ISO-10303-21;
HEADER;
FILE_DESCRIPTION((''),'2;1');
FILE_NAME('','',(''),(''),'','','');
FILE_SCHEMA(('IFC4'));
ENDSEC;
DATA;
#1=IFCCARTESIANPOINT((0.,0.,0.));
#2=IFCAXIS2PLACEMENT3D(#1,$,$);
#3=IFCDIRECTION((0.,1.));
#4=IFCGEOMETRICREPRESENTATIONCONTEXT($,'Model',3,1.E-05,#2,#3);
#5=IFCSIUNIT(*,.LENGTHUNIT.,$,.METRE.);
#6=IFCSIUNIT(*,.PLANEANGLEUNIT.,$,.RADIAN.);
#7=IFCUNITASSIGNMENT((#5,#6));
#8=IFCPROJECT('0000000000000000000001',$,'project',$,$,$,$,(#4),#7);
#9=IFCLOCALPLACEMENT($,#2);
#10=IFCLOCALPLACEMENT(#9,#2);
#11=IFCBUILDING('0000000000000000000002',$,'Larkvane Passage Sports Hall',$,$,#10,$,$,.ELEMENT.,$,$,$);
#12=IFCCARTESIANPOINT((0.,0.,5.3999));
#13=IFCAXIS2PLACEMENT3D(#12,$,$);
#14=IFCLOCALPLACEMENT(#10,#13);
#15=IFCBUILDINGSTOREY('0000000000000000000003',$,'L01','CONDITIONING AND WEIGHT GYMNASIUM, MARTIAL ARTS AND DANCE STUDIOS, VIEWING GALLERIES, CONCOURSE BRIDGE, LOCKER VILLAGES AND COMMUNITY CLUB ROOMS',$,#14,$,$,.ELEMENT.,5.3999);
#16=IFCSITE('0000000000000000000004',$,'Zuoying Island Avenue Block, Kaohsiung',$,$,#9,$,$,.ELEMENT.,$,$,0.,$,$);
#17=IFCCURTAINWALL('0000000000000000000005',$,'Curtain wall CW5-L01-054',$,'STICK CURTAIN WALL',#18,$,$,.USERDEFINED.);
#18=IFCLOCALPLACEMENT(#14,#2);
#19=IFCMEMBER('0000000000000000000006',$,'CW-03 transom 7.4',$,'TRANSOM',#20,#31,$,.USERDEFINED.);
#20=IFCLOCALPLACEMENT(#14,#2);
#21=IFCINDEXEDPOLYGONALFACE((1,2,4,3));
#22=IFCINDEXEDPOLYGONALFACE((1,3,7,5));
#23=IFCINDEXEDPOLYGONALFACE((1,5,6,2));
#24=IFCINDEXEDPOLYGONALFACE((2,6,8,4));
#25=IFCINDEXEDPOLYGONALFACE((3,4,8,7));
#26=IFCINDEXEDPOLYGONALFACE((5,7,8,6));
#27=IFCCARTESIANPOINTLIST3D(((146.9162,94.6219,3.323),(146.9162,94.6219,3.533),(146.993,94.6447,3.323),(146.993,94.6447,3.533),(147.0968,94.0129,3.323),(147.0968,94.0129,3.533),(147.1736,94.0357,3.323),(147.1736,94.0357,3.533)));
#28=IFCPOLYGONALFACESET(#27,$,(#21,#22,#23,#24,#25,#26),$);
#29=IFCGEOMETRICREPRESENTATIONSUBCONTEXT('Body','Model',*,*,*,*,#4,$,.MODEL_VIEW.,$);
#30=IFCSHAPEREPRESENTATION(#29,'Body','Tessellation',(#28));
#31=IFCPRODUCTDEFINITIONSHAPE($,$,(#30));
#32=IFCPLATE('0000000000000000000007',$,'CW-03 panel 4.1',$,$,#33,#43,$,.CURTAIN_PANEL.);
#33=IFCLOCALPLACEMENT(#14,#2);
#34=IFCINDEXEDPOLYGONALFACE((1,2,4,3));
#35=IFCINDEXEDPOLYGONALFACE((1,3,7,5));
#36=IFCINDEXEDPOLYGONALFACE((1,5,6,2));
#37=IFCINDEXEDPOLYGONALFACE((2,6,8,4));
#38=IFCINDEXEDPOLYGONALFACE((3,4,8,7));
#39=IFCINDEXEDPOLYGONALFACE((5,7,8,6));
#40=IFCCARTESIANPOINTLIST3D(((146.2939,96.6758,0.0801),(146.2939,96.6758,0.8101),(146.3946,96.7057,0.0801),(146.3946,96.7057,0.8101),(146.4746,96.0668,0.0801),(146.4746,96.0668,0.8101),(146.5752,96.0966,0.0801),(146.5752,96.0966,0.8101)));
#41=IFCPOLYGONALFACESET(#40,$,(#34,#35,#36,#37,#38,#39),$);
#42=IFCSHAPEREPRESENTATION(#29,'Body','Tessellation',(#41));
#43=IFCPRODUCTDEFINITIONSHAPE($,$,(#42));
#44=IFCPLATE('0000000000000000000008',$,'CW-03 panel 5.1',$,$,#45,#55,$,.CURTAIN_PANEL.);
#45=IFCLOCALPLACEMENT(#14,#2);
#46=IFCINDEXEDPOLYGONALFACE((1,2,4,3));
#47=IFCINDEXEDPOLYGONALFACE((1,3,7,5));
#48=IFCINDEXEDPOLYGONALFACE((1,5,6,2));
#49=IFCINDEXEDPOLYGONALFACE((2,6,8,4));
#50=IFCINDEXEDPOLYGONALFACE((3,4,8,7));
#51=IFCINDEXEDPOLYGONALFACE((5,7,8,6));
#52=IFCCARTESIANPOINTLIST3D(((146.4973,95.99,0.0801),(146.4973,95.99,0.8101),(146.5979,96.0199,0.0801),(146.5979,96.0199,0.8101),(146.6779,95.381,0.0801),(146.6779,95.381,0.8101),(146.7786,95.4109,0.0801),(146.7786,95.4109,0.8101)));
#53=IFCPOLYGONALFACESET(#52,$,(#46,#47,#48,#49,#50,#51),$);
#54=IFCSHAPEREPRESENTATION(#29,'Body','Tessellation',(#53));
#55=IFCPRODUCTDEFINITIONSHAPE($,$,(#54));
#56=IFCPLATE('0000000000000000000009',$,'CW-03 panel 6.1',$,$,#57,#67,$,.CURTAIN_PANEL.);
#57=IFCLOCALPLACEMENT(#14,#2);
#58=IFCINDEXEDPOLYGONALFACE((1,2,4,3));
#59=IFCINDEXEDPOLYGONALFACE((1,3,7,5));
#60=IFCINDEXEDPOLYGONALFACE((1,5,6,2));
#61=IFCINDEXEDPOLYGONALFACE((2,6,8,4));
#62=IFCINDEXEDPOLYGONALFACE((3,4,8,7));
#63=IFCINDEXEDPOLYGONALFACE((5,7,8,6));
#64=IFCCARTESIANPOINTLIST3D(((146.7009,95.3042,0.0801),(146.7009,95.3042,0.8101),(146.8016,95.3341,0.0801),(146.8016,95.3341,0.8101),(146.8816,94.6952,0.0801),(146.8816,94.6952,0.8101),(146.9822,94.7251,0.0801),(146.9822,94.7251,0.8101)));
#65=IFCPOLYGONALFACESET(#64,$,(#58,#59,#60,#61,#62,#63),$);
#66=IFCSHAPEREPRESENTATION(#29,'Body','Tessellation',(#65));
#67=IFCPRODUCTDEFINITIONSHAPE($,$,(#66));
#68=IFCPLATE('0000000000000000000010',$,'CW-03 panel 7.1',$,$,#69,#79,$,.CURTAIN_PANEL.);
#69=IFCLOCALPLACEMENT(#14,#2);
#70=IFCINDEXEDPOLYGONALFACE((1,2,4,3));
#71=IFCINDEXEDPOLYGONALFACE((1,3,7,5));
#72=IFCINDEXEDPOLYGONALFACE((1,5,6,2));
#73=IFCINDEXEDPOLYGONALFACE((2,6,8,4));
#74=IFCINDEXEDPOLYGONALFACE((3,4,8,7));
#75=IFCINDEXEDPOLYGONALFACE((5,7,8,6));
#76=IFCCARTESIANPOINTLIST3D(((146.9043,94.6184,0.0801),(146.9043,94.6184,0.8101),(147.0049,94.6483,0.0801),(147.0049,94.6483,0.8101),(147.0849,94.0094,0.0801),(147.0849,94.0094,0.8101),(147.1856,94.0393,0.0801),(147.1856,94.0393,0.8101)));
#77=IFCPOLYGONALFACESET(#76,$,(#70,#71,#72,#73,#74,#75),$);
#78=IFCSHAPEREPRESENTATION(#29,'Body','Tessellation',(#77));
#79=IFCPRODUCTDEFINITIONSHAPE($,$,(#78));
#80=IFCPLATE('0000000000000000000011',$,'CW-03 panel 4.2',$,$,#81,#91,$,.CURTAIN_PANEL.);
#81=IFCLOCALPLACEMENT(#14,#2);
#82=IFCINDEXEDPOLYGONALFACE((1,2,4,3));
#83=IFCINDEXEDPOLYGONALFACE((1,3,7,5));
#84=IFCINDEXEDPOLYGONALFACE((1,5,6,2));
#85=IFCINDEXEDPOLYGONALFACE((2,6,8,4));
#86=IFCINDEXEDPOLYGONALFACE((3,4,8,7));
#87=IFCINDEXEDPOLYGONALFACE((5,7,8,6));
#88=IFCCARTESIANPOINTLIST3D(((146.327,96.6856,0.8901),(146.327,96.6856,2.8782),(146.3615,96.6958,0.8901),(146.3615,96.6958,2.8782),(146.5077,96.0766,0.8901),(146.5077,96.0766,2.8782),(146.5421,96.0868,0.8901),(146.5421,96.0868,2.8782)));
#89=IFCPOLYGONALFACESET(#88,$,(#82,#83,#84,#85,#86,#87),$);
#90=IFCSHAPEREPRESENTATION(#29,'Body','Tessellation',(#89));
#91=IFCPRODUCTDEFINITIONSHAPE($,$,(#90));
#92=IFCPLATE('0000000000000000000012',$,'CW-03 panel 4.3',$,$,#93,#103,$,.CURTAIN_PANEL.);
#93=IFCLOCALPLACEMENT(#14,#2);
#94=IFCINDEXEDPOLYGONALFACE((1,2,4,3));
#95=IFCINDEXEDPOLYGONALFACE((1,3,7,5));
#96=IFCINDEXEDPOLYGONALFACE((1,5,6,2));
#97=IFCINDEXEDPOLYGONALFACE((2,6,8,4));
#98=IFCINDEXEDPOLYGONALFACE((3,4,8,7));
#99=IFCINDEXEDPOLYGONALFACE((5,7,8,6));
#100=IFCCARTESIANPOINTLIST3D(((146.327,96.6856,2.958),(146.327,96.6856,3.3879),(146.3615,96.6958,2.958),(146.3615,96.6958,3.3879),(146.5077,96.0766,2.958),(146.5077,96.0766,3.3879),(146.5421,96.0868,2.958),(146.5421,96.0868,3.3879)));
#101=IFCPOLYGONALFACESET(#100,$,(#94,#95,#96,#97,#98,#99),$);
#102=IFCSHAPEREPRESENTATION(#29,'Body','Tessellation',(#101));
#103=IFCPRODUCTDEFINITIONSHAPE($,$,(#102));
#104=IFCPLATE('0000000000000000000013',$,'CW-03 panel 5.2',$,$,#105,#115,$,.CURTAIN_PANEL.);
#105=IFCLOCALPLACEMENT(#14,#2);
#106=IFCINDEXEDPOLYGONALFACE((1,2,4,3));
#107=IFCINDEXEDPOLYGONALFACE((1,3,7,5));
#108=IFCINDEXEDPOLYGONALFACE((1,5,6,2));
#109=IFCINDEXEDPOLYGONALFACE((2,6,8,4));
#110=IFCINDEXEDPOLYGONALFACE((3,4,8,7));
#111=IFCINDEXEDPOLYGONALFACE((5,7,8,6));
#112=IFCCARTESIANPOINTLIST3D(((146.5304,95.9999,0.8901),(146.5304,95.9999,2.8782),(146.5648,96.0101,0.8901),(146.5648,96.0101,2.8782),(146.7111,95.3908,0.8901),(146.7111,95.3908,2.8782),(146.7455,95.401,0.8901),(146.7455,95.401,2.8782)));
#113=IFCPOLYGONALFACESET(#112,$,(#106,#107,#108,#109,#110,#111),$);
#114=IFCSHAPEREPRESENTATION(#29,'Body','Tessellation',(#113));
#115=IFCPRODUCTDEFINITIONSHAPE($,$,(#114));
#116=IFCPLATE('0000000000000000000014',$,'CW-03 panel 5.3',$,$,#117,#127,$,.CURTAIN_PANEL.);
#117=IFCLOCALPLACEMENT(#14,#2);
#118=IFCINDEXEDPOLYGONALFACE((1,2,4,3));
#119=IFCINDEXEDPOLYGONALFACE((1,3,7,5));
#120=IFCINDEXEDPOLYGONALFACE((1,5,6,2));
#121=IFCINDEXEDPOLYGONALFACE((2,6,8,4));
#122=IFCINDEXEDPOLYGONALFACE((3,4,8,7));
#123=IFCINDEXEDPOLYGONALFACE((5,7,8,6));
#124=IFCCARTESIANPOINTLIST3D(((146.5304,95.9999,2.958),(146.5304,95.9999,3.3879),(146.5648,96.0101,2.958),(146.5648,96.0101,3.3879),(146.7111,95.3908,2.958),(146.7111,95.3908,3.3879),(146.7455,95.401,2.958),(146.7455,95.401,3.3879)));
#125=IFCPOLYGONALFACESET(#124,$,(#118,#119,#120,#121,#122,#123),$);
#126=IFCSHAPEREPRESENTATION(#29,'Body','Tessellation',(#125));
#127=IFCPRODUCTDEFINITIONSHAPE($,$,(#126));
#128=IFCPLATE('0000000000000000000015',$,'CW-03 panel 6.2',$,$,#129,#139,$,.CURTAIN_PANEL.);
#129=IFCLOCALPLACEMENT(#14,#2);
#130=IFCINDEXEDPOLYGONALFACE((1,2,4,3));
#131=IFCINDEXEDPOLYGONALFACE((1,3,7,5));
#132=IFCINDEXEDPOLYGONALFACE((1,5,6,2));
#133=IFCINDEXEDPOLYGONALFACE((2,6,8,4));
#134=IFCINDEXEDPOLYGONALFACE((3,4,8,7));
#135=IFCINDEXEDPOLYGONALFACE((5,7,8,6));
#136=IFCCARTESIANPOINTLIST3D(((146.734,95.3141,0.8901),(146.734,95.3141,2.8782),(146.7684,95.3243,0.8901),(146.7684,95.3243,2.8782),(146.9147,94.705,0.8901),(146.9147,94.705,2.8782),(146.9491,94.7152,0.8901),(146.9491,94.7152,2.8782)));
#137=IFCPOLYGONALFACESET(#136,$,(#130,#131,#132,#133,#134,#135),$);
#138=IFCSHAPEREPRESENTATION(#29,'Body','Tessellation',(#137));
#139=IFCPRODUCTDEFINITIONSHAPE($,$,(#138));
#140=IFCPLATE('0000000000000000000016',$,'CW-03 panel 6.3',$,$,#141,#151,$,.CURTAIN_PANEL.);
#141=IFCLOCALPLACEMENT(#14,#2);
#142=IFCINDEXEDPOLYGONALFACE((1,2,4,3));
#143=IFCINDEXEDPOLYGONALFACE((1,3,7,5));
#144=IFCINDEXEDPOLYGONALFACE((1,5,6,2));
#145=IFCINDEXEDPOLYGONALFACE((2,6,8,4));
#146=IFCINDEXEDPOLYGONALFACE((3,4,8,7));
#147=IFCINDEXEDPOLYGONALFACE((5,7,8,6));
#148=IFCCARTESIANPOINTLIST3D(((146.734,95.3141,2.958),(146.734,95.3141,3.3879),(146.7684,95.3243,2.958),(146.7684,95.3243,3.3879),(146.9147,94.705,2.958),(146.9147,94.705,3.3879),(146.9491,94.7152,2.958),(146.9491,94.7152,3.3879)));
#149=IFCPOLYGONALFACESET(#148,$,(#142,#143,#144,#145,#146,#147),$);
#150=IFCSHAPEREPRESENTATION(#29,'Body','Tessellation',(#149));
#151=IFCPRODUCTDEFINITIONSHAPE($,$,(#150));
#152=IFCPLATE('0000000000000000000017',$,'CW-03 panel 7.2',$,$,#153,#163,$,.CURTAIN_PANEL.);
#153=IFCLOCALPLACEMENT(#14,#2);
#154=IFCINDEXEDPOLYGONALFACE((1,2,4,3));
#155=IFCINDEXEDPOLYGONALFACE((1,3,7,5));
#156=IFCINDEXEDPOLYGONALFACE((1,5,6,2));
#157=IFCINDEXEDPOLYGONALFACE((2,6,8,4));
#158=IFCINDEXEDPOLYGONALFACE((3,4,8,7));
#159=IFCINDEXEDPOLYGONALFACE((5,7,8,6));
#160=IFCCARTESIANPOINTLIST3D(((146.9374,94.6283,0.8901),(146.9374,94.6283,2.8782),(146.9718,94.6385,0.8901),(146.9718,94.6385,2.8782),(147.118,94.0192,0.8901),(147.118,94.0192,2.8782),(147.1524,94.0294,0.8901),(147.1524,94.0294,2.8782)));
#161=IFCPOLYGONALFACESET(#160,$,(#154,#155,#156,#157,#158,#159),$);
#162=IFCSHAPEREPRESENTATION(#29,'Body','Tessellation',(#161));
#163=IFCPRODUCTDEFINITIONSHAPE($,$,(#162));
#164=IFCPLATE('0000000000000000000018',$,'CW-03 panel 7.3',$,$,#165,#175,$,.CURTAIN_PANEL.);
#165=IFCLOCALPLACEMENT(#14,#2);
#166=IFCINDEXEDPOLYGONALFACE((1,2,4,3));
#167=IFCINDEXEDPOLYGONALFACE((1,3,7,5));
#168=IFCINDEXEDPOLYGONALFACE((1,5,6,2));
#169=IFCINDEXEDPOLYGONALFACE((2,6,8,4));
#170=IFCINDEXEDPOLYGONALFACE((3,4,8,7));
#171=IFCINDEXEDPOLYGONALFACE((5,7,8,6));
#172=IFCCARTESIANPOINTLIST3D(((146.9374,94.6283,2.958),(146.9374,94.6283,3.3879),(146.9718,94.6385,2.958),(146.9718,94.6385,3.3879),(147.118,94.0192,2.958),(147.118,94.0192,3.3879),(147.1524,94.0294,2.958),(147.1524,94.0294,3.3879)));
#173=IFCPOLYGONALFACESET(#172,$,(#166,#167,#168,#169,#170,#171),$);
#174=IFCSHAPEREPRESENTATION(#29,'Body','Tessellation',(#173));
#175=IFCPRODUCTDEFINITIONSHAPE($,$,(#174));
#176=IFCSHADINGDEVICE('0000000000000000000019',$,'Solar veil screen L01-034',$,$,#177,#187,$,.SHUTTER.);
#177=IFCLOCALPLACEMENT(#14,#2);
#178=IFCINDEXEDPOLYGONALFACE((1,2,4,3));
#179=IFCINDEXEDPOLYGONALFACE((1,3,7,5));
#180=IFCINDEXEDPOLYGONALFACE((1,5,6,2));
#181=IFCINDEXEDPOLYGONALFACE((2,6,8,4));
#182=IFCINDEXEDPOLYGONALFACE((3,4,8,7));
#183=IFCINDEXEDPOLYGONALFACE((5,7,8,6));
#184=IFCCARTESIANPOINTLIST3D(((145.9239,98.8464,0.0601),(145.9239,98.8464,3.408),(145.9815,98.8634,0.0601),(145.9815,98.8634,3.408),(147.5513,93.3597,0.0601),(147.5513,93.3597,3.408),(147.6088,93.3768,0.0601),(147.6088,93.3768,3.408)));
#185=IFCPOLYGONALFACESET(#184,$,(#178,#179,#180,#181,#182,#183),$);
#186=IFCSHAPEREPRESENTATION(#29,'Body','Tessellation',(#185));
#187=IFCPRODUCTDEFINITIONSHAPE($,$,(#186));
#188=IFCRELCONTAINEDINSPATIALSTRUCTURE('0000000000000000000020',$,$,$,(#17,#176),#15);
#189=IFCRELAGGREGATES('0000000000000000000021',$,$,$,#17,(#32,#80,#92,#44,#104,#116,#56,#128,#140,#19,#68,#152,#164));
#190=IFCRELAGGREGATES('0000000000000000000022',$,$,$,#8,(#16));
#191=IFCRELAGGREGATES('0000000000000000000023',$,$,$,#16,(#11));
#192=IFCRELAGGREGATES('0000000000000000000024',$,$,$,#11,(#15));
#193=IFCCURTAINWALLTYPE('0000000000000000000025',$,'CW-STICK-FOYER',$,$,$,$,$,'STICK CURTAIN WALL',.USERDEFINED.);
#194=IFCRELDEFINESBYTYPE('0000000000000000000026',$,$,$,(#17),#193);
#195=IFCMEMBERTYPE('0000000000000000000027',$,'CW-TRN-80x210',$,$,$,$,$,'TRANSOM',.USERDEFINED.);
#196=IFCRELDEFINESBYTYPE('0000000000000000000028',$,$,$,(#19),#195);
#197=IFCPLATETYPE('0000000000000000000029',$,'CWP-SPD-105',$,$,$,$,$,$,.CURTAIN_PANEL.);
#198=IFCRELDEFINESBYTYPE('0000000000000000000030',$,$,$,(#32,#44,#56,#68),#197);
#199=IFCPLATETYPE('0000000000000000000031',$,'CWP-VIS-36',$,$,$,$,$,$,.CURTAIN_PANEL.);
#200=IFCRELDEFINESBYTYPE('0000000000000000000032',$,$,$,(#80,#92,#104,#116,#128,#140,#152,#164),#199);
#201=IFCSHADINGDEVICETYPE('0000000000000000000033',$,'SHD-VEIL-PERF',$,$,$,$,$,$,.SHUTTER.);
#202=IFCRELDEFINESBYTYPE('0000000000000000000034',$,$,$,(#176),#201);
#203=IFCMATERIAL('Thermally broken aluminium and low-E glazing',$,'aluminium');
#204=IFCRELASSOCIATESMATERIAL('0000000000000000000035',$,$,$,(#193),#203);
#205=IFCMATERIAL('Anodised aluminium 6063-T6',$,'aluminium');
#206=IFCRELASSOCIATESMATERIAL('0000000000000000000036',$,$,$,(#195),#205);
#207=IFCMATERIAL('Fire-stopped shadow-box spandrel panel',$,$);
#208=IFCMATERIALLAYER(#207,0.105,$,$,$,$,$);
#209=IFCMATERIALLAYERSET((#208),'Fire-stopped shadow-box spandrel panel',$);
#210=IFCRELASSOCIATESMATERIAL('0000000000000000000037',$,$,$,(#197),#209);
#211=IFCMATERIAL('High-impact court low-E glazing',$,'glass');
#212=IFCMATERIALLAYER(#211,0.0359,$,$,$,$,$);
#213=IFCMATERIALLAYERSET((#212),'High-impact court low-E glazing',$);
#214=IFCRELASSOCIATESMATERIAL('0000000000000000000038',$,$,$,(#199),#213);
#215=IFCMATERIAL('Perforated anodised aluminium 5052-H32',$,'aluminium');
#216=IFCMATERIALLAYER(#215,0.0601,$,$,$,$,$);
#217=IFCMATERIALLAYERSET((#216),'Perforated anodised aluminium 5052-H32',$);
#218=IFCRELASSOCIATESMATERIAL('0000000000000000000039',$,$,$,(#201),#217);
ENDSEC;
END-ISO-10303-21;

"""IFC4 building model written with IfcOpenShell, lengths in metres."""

from ifc_helpers import new_model, si_unit, direction, frame, origin, origin_2d, place, context, subcontext, project, spatial, rectangle, extrude, material, layer, layer_set, material_profile, profile_set, type_object, element, aggregate, save


model = new_model("IFC4")

# Units and contexts
model_context = context("Model", 3, precision=1e-05, world=origin(), true_north=direction((0.0, 1.0)))
body_context = subcontext(model_context, "Body", "Model", "MODEL_VIEW")
ifc_project = project(units=[si_unit("LENGTHUNIT", "METRE"), si_unit("PLANEANGLEUNIT", "RADIAN")], contexts=[model_context])

# Site, building, storey
site_placement = place(None, origin())
site = spatial("IfcSite", under=ifc_project, at=site_placement, Name="Zuoying Island Avenue Block, Kaohsiung", CompositionType="ELEMENT", RefElevation=0.0)
building_placement = place(site_placement, origin())
building = spatial("IfcBuilding", under=site, at=building_placement, Name="Larkvane Passage Sports Hall", CompositionType="ELEMENT")
storey_placement = place(building_placement, frame((0.0, 0.0, 5.3999)))
storey = spatial("IfcBuildingStorey", under=building, at=storey_placement, Name="L01", Description="CONDITIONING AND WEIGHT GYMNASIUM, MARTIAL ARTS AND DANCE STUDIOS, VIEWING GALLERIES, CONCOURSE BRIDGE, LOCKER VILLAGES AND COMMUNITY CLUB ROOMS", CompositionType="ELEMENT", Elevation=5.3999)

# Curtain wall, member, plates
ifc_material_1 = material(Name="Thermally broken aluminium and low-E glazing", Category="aluminium")
curtain_wall_type = type_object("IfcCurtainWallType", Name="CW-STICK-FOYER", ElementType="STICK CURTAIN WALL", PredefinedType="USERDEFINED", material=ifc_material_1)
curtain_wall_placement = place(storey_placement, origin())
curtain_wall = element("IfcCurtainWall", 1, at=curtain_wall_placement, inside=storey, type_object=curtain_wall_type, Name="Curtain wall CW5-L01-054", ObjectType="STICK CURTAIN WALL", PredefinedType="USERDEFINED")
ifc_material_2 = material(Name="Anodised aluminium 6063-T6", Category="aluminium")
ifc_material_profile_1 = material_profile(ifc_material_2, rectangle(XDim=0.0801, YDim=0.21, at=origin_2d()), Name="ALU-TRN-80x210")
ifc_profile_set_1 = profile_set([ifc_material_profile_1], Name="Anodised aluminium 6063-T6")
member_type_1 = type_object("IfcMemberType", Name="CW-TRN-80x210", ElementType="TRANSOM", PredefinedType="USERDEFINED", material=ifc_profile_set_1)
member_1_placement = place(storey_placement, frame((146.9546, 94.6333, 3.428), z_axis=(0.28435, -0.958721, 0.0), x_axis=(0.958721, 0.28435, 0.0)))
member_1 = element("IfcMember", 2, at=member_1_placement, type_object=member_type_1, Name="CW-03 transom 7.4", ObjectType="TRANSOM", PredefinedType="USERDEFINED", context=body_context, shape_type="SweptSolid", body=[
    extrude(rectangle(XDim=0.0801, YDim=0.21, at=origin_2d()), origin(), (0.0, 0.0, 1.0), 0.6353),
])
ifc_material_3 = material(Name="Fire-stopped shadow-box spandrel panel")
ifc_layer_1 = layer(ifc_material_3, 0.105)
ifc_layer_set_1 = layer_set([ifc_layer_1], Name="Fire-stopped shadow-box spandrel panel")
plate_type_1 = type_object("IfcPlateType", Name="CWP-SPD-105", PredefinedType="CURTAIN_PANEL", material=ifc_layer_set_1)
plate_1_placement = place(storey_placement, frame((146.4346, 96.3862, 0.0801), z_axis=(0.0, 0.0, 1.0), x_axis=(0.284363, -0.958717, 0.0)))
plate_1 = element("IfcPlate", 3, at=plate_1_placement, type_object=plate_type_1, Name="CW-03 panel 4.1", PredefinedType="CURTAIN_PANEL", context=body_context, shape_type="SweptSolid", body=[
    extrude(rectangle(XDim=0.6353, YDim=0.105, at=origin_2d()), origin(), (0.0, 0.0, 1.0), 0.73),
])
plate_2_placement = place(storey_placement, frame((146.6379, 95.7004, 0.0801), z_axis=(0.0, 0.0, 1.0), x_axis=(0.284363, -0.958717, 0.0)))
plate_2 = element("IfcPlate", 4, at=plate_2_placement, type_object=plate_type_1, Name="CW-03 panel 5.1", PredefinedType="CURTAIN_PANEL", context=body_context, shape_type="SweptSolid", body=[
    extrude(rectangle(XDim=0.6353, YDim=0.105, at=origin_2d()), origin(), (0.0, 0.0, 1.0), 0.73),
])
plate_3_placement = place(storey_placement, frame((146.8416, 95.0146, 0.0801), z_axis=(0.0, 0.0, 1.0), x_axis=(0.284363, -0.958717, 0.0)))
plate_3 = element("IfcPlate", 5, at=plate_3_placement, type_object=plate_type_1, Name="CW-03 panel 6.1", PredefinedType="CURTAIN_PANEL", context=body_context, shape_type="SweptSolid", body=[
    extrude(rectangle(XDim=0.6353, YDim=0.105, at=origin_2d()), origin(), (0.0, 0.0, 1.0), 0.73),
])
plate_4_placement = place(storey_placement, frame((147.0449, 94.3289, 0.0801), z_axis=(0.0, 0.0, 1.0), x_axis=(0.284363, -0.958717, 0.0)))
plate_4 = element("IfcPlate", 6, at=plate_4_placement, type_object=plate_type_1, Name="CW-03 panel 7.1", PredefinedType="CURTAIN_PANEL", context=body_context, shape_type="SweptSolid", body=[
    extrude(rectangle(XDim=0.6353, YDim=0.105, at=origin_2d()), origin(), (0.0, 0.0, 1.0), 0.73),
])
ifc_material_4 = material(Name="High-impact court low-E glazing", Category="glass")
ifc_layer_2 = layer(ifc_material_4, 0.0359)
ifc_layer_set_2 = layer_set([ifc_layer_2], Name="High-impact court low-E glazing")
plate_type_2 = type_object("IfcPlateType", Name="CWP-VIS-36", PredefinedType="CURTAIN_PANEL", material=ifc_layer_set_2)
plate_5_placement = place(storey_placement, frame((146.4346, 96.3862, 0.8901), z_axis=(0.0, 0.0, 1.0), x_axis=(0.284363, -0.958717, 0.0)))
plate_5 = element("IfcPlate", 7, at=plate_5_placement, type_object=plate_type_2, Name="CW-03 panel 4.2", PredefinedType="CURTAIN_PANEL", context=body_context, shape_type="SweptSolid", body=[
    extrude(rectangle(XDim=0.6353, YDim=0.0359, at=origin_2d()), origin(), (0.0, 0.0, 1.0), 1.988),
])
plate_6_placement = place(storey_placement, frame((146.4346, 96.3862, 2.958), z_axis=(0.0, 0.0, 1.0), x_axis=(0.284363, -0.958717, 0.0)))
plate_6 = element("IfcPlate", 8, at=plate_6_placement, type_object=plate_type_2, Name="CW-03 panel 4.3", PredefinedType="CURTAIN_PANEL", context=body_context, shape_type="SweptSolid", body=[
    extrude(rectangle(XDim=0.6353, YDim=0.0359, at=origin_2d()), origin(), (0.0, 0.0, 1.0), 0.4299),
])
plate_7_placement = place(storey_placement, frame((146.6379, 95.7004, 0.8901), z_axis=(0.0, 0.0, 1.0), x_axis=(0.284363, -0.958717, 0.0)))
plate_7 = element("IfcPlate", 9, at=plate_7_placement, type_object=plate_type_2, Name="CW-03 panel 5.2", PredefinedType="CURTAIN_PANEL", context=body_context, shape_type="SweptSolid", body=[
    extrude(rectangle(XDim=0.6353, YDim=0.0359, at=origin_2d()), origin(), (0.0, 0.0, 1.0), 1.988),
])
plate_8_placement = place(storey_placement, frame((146.6379, 95.7004, 2.958), z_axis=(0.0, 0.0, 1.0), x_axis=(0.284363, -0.958717, 0.0)))
plate_8 = element("IfcPlate", 10, at=plate_8_placement, type_object=plate_type_2, Name="CW-03 panel 5.3", PredefinedType="CURTAIN_PANEL", context=body_context, shape_type="SweptSolid", body=[
    extrude(rectangle(XDim=0.6353, YDim=0.0359, at=origin_2d()), origin(), (0.0, 0.0, 1.0), 0.4299),
])
plate_9_placement = place(storey_placement, frame((146.8416, 95.0146, 0.8901), z_axis=(0.0, 0.0, 1.0), x_axis=(0.284363, -0.958717, 0.0)))
plate_9 = element("IfcPlate", 11, at=plate_9_placement, type_object=plate_type_2, Name="CW-03 panel 6.2", PredefinedType="CURTAIN_PANEL", context=body_context, shape_type="SweptSolid", body=[
    extrude(rectangle(XDim=0.6353, YDim=0.0359, at=origin_2d()), origin(), (0.0, 0.0, 1.0), 1.988),
])
plate_10_placement = place(storey_placement, frame((146.8416, 95.0146, 2.958), z_axis=(0.0, 0.0, 1.0), x_axis=(0.284363, -0.958717, 0.0)))
plate_10 = element("IfcPlate", 12, at=plate_10_placement, type_object=plate_type_2, Name="CW-03 panel 6.3", PredefinedType="CURTAIN_PANEL", context=body_context, shape_type="SweptSolid", body=[
    extrude(rectangle(XDim=0.6353, YDim=0.0359, at=origin_2d()), origin(), (0.0, 0.0, 1.0), 0.4299),
])
plate_11_placement = place(storey_placement, frame((147.0449, 94.3289, 0.8901), z_axis=(0.0, 0.0, 1.0), x_axis=(0.284363, -0.958717, 0.0)))
plate_11 = element("IfcPlate", 13, at=plate_11_placement, type_object=plate_type_2, Name="CW-03 panel 7.2", PredefinedType="CURTAIN_PANEL", context=body_context, shape_type="SweptSolid", body=[
    extrude(rectangle(XDim=0.6353, YDim=0.0359, at=origin_2d()), origin(), (0.0, 0.0, 1.0), 1.988),
])
plate_12_placement = place(storey_placement, frame((147.0449, 94.3289, 2.958), z_axis=(0.0, 0.0, 1.0), x_axis=(0.284363, -0.958717, 0.0)))
plate_12 = element("IfcPlate", 14, at=plate_12_placement, type_object=plate_type_2, Name="CW-03 panel 7.3", PredefinedType="CURTAIN_PANEL", context=body_context, shape_type="SweptSolid", body=[
    extrude(rectangle(XDim=0.6353, YDim=0.0359, at=origin_2d()), origin(), (0.0, 0.0, 1.0), 0.4299),
])
aggregate(curtain_wall, [plate_1, plate_5, plate_6, plate_2, plate_7, plate_8, plate_3, plate_9, plate_10, member_1, plate_4, plate_11, plate_12])

# Shading device
ifc_material_5 = material(Name="Perforated anodised aluminium 5052-H32", Category="aluminium")
ifc_layer_3 = layer(ifc_material_5, 0.0601)
ifc_layer_set_3 = layer_set([ifc_layer_3], Name="Perforated anodised aluminium 5052-H32")
shading_device_type = type_object("IfcShadingDeviceType", Name="SHD-VEIL-PERF", PredefinedType="SHUTTER", material=ifc_layer_set_3)
shading_device_placement = place(storey_placement, frame((146.7664, 96.1116, 0.0601), z_axis=(0.0, 0.0, 1.0), x_axis=(0.284365, -0.958716, 0.0)))
element("IfcShadingDevice", 15, at=shading_device_placement, inside=storey, type_object=shading_device_type, Name="Solar veil screen L01-034", PredefinedType="SHUTTER", context=body_context, shape_type="SweptSolid", body=[
    extrude(rectangle(XDim=5.7229, YDim=0.0601, at=origin_2d()), origin(), (0.0, 0.0, 1.0), 3.3479),
])

save(model, "model.ifc")
